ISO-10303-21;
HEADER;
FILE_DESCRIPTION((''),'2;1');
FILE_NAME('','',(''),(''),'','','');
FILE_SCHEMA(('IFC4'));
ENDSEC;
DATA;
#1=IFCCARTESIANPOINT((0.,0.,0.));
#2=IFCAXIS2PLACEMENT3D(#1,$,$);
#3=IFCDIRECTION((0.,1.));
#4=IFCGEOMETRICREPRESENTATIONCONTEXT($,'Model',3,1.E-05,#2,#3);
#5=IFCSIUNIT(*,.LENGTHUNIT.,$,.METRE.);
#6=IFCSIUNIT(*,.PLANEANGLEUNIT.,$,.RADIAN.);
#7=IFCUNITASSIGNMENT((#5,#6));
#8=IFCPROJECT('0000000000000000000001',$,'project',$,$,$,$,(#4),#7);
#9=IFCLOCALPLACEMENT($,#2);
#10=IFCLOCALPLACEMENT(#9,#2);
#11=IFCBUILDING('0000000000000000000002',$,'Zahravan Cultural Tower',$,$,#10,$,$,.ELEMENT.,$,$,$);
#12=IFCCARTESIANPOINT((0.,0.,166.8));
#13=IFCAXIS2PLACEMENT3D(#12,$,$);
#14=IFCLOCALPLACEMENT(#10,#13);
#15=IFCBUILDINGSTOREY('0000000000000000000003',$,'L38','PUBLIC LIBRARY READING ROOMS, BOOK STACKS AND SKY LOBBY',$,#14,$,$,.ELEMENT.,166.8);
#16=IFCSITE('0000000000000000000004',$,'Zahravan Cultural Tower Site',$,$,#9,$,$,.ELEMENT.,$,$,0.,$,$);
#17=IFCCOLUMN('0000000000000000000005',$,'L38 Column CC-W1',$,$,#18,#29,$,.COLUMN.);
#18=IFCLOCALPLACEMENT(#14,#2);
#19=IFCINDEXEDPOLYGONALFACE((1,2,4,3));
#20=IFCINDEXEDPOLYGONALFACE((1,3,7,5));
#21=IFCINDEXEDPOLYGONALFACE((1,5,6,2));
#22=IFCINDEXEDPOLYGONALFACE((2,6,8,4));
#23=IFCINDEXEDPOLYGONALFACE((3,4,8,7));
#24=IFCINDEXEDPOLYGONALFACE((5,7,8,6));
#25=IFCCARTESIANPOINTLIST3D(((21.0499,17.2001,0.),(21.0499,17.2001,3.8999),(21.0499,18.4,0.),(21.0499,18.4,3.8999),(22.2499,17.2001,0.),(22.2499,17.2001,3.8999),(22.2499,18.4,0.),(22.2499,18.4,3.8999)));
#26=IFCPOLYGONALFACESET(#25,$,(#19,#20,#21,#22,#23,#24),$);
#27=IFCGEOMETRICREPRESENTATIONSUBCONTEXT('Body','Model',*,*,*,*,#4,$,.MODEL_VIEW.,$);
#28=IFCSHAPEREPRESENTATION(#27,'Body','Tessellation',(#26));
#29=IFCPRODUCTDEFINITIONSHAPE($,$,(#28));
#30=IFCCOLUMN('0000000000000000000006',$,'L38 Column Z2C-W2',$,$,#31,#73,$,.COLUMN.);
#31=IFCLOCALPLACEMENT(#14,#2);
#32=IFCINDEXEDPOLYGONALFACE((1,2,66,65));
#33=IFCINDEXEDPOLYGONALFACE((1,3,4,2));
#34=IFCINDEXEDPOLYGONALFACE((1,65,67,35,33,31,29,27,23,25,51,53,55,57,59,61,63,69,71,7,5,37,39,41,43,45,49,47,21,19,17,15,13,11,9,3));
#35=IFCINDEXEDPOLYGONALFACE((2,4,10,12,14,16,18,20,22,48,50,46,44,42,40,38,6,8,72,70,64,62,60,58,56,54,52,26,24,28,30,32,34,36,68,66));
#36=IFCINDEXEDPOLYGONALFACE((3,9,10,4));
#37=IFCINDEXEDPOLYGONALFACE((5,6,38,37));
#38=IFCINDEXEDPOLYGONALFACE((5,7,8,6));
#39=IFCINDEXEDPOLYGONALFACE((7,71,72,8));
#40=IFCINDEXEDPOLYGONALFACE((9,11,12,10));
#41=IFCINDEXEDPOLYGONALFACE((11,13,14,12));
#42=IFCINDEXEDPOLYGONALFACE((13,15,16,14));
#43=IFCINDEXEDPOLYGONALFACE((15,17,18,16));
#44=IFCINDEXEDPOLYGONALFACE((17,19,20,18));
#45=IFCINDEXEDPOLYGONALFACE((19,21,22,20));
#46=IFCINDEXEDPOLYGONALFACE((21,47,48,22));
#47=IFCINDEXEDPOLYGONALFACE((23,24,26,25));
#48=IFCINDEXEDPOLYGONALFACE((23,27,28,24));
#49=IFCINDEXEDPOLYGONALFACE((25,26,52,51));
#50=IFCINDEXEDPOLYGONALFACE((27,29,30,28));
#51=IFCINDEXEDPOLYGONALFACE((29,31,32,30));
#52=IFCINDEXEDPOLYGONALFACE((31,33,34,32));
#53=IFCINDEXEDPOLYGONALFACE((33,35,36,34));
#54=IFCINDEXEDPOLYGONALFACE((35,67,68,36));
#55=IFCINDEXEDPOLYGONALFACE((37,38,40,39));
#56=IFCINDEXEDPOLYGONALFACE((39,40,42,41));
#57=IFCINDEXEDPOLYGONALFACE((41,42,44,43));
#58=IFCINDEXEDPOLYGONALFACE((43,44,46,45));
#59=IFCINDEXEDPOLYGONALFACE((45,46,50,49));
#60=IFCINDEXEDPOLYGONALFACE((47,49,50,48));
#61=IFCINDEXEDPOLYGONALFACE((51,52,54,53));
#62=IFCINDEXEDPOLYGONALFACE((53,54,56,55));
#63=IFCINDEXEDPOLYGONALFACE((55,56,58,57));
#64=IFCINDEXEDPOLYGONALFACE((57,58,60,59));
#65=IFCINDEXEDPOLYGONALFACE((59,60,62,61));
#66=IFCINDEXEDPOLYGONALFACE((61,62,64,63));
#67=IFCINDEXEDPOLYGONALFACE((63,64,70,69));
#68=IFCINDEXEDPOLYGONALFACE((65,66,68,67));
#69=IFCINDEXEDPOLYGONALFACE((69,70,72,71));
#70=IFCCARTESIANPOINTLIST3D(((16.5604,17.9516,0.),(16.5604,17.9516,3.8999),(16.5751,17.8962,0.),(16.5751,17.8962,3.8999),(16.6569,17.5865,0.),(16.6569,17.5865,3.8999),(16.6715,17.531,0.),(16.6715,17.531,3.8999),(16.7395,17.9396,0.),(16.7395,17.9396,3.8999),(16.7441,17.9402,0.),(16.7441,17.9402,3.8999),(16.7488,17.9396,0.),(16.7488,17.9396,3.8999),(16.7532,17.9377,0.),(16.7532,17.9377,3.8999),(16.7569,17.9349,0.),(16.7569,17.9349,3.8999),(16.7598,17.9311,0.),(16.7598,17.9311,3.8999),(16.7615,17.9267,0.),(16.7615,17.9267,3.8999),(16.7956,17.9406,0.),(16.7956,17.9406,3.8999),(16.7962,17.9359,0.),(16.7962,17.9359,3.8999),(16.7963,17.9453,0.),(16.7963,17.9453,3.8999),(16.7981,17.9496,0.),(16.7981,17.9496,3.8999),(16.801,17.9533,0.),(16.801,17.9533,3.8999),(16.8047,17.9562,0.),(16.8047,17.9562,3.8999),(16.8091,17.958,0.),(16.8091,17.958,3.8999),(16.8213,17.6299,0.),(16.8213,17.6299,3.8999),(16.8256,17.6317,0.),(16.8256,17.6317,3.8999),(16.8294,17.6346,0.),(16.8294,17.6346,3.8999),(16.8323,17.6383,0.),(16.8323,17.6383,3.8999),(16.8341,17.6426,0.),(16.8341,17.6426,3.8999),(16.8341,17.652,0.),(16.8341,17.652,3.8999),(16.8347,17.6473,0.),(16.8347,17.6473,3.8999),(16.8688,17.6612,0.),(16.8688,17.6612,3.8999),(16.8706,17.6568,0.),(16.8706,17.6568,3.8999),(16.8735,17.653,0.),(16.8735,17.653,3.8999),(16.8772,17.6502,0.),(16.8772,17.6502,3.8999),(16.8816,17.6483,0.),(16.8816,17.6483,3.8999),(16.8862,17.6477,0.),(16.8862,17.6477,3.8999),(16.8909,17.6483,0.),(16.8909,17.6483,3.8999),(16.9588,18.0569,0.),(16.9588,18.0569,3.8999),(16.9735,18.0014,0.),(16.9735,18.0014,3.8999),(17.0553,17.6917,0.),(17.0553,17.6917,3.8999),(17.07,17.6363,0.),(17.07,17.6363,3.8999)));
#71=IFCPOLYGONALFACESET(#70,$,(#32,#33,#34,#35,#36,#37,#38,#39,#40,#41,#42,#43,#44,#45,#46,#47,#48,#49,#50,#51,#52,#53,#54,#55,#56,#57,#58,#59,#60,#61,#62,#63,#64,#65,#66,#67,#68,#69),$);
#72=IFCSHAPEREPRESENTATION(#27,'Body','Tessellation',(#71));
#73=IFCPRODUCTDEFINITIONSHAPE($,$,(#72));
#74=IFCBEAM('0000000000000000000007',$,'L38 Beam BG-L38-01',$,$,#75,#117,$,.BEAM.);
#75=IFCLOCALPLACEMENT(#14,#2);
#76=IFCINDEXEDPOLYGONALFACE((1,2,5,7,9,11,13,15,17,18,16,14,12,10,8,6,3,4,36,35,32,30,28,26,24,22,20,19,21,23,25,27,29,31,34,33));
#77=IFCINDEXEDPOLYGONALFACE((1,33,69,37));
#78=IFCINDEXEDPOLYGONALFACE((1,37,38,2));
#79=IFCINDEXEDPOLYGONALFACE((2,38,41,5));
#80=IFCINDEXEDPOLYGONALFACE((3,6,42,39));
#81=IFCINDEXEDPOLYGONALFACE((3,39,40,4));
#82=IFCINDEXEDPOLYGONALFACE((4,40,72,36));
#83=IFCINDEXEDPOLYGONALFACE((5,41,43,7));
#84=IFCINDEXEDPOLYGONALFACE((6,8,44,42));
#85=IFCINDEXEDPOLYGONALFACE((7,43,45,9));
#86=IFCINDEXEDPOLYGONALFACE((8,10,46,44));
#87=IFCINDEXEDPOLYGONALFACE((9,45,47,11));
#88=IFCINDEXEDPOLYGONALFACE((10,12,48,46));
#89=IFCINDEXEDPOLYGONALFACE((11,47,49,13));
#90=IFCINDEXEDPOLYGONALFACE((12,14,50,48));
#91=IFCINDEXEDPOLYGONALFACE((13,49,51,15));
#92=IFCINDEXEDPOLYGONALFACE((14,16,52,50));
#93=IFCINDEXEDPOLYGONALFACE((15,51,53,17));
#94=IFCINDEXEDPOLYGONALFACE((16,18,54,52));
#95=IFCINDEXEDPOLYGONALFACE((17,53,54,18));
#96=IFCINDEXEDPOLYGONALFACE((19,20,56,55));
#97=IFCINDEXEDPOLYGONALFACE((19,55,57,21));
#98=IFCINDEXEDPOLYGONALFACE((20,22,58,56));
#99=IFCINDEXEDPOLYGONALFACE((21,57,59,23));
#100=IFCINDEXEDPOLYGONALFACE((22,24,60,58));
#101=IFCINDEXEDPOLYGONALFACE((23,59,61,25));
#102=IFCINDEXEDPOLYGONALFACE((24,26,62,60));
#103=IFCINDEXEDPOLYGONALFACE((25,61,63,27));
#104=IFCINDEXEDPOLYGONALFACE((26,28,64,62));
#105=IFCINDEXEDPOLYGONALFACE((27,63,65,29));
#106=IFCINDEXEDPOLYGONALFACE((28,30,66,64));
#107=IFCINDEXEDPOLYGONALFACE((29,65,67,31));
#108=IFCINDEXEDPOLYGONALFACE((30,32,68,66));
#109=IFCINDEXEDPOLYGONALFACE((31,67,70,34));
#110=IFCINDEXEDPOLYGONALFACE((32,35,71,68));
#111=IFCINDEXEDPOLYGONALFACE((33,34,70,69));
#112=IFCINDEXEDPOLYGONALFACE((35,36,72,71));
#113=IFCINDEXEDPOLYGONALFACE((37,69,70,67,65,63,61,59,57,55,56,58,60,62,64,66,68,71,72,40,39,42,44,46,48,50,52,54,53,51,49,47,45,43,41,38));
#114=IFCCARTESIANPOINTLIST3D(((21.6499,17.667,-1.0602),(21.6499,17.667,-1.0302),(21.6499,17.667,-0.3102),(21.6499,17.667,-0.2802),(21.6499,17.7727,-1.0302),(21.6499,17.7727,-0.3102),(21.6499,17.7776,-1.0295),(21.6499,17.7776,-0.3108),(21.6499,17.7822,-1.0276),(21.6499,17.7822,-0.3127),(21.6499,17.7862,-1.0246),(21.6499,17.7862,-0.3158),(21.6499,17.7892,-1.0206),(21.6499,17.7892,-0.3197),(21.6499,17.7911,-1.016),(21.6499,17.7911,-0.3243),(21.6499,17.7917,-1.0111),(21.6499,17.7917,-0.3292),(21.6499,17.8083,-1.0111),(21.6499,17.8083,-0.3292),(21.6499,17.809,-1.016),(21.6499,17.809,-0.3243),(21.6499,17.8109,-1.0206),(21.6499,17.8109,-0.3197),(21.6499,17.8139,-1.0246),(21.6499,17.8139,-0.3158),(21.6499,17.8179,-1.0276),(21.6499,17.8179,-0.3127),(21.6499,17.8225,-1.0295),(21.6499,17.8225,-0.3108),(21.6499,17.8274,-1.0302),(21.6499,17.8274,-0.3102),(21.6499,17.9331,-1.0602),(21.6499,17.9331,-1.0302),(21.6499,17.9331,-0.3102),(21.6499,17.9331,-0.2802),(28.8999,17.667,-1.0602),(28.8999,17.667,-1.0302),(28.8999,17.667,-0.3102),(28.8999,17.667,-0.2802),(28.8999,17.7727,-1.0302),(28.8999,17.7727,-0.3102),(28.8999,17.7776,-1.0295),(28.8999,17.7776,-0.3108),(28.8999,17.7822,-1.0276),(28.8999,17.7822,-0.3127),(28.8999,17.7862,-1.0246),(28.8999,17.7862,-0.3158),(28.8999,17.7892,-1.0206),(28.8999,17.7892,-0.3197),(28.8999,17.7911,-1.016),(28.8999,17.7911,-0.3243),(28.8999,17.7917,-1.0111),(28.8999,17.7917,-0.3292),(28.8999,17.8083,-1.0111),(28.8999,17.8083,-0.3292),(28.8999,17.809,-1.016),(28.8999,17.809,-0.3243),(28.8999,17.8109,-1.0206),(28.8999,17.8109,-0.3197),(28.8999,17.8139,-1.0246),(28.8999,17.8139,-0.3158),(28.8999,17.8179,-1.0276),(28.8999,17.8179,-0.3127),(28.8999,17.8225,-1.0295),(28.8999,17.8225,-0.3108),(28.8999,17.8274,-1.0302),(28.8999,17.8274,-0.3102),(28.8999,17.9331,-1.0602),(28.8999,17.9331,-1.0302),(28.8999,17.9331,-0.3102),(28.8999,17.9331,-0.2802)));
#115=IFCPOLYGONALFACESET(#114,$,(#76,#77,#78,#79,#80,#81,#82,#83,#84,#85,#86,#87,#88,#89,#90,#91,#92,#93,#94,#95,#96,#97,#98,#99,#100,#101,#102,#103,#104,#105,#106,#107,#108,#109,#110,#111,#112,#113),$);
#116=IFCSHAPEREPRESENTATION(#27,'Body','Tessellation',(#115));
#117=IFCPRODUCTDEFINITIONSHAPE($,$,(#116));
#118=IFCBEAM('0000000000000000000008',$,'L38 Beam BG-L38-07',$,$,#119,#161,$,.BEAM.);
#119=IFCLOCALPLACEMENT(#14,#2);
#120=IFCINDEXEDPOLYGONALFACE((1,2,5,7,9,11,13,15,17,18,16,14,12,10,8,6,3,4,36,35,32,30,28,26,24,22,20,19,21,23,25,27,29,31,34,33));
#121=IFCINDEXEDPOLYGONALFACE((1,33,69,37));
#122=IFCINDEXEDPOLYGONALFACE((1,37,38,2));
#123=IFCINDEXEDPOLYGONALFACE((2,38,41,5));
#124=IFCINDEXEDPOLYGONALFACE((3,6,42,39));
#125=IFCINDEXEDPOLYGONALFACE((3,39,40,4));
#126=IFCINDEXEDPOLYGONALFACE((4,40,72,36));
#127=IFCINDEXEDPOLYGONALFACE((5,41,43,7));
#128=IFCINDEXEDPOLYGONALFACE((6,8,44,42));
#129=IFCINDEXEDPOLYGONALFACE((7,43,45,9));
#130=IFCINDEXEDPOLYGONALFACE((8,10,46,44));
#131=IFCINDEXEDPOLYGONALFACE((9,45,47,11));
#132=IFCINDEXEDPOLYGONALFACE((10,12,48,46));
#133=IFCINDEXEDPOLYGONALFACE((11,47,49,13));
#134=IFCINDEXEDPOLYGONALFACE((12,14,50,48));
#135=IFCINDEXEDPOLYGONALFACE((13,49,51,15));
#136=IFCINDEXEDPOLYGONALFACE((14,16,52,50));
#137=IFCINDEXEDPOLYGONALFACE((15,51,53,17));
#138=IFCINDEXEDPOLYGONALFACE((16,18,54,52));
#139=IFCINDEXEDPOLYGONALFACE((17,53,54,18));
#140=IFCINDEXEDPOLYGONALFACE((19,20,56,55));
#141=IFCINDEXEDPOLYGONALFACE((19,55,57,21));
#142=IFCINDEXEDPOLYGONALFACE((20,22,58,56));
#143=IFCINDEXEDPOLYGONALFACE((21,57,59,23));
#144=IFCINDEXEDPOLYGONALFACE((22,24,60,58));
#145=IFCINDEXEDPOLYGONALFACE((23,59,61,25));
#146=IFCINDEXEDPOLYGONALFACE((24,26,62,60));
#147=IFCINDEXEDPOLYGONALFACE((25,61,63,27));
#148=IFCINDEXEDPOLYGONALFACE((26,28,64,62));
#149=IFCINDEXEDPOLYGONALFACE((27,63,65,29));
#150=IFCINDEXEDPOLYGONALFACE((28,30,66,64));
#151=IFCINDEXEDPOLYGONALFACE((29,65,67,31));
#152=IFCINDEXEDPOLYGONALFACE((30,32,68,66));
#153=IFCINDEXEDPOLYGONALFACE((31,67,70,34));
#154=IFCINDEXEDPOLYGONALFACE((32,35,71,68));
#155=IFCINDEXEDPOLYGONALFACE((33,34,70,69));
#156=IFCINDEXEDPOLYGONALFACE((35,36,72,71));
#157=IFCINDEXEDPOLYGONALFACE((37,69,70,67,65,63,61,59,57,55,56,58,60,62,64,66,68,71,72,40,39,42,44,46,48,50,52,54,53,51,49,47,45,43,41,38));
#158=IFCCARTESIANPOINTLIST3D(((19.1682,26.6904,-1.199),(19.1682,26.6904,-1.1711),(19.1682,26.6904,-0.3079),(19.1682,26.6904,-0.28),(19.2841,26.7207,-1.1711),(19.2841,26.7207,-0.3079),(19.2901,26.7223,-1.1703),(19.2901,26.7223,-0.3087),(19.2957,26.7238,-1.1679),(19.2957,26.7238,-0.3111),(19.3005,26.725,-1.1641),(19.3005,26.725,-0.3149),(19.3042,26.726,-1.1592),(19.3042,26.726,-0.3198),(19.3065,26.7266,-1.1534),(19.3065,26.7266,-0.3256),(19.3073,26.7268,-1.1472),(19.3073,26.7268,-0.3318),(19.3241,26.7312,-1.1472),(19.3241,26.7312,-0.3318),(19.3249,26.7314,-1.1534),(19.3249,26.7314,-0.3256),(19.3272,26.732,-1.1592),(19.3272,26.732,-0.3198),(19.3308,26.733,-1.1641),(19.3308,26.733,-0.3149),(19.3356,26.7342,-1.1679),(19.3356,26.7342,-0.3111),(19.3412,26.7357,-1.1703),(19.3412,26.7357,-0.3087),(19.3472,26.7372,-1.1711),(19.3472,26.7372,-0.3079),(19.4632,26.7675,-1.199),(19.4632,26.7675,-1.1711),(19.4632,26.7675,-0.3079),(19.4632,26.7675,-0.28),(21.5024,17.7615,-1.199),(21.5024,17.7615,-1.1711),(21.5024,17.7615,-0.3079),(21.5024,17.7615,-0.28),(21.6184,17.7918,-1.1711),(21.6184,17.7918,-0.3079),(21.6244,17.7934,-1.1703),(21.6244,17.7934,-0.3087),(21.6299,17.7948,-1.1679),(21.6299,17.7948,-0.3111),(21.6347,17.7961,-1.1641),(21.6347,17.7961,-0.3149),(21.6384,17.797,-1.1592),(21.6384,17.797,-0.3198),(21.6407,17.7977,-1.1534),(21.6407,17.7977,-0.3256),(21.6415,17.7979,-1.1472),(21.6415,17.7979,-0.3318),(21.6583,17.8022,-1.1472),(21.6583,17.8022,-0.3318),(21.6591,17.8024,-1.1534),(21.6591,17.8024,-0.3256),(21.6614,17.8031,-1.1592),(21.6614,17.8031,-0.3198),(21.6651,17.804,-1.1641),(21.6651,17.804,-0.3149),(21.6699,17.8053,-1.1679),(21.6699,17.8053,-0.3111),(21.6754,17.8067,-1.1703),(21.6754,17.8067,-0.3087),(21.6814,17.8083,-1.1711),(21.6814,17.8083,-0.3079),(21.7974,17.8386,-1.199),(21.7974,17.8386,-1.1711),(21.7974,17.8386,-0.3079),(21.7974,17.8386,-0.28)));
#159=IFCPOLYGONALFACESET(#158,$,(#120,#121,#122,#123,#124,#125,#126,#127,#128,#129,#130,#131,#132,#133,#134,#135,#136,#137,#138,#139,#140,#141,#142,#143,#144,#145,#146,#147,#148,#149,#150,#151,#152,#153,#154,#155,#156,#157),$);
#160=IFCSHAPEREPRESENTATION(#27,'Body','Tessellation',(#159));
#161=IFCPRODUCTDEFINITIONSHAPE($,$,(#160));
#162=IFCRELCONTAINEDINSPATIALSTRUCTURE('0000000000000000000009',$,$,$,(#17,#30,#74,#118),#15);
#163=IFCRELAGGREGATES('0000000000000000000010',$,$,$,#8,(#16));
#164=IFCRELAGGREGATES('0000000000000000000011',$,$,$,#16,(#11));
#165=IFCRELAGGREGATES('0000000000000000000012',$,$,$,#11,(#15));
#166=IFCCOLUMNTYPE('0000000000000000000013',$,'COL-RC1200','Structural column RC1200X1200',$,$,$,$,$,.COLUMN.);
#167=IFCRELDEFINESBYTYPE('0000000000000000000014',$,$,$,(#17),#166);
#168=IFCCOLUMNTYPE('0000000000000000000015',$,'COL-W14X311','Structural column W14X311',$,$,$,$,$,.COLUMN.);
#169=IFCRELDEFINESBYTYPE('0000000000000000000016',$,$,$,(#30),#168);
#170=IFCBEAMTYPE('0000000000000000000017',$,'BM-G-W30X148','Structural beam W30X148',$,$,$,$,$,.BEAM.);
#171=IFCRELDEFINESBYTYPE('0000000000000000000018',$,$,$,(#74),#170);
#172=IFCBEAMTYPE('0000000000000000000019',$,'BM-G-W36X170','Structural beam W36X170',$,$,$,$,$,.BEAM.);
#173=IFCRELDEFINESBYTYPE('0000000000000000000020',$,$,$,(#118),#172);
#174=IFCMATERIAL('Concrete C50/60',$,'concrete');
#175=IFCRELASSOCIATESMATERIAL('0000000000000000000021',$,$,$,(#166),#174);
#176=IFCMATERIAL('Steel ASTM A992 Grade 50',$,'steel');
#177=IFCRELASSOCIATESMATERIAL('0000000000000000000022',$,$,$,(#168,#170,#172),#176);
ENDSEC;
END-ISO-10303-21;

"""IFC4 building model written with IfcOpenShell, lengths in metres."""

from ifc_helpers import new_model, si_unit, direction, frame, origin, origin_2d, place, context, subcontext, project, spatial, rectangle, i_section, extrude, source, transform, mapped, material, material_profile, profile_set, type_object, element, save


model = new_model("IFC4")

# Units and contexts
model_context = context("Model", 3, precision=1e-05, world=origin(), true_north=direction((0.0, 1.0)))
body_context = subcontext(model_context, "Body", "Model", "MODEL_VIEW")
ifc_project = project(units=[si_unit("LENGTHUNIT", "METRE"), si_unit("PLANEANGLEUNIT", "RADIAN")], contexts=[model_context])

# Site, building, storey
site_placement = place(None, origin())
site = spatial("IfcSite", under=ifc_project, at=site_placement, Name="Zahravan Cultural Tower Site", CompositionType="ELEMENT", RefElevation=0.0)
building_placement = place(site_placement, origin())
building = spatial("IfcBuilding", under=site, at=building_placement, Name="Zahravan Cultural Tower", CompositionType="ELEMENT")
storey_placement = place(building_placement, frame((0.0, 0.0, 166.8)))
storey = spatial("IfcBuildingStorey", under=building, at=storey_placement, Name="L38", Description="PUBLIC LIBRARY READING ROOMS, BOOK STACKS AND SKY LOBBY", CompositionType="ELEMENT", Elevation=166.8)

# Columns
ifc_material_1 = material(Name="Concrete C50/60", Category="concrete")
ifc_material_profile_1 = material_profile(ifc_material_1, rectangle(XDim=1.2, YDim=1.2, at=origin_2d()), Name="RC1200X1200")
ifc_profile_set_1 = profile_set([ifc_material_profile_1], Name="Concrete C50/60")
column_type_1 = type_object("IfcColumnType", Name="COL-RC1200", Description="Structural column RC1200X1200", PredefinedType="COLUMN", material=ifc_profile_set_1)
shared_shape_1 = source(origin(), body_context, "Body", "SweptSolid", [
    extrude(rectangle(XDim=1.2, YDim=1.2, at=origin_2d()), origin(), (0.0, 0.0, 1.0), 3.8999),
])
column_1_placement = place(storey_placement, frame((21.6499, 17.8, 0.0), z_axis=(0.0, 0.0, 1.0), x_axis=(1.0, 0.0, 0.0)))
element("IfcColumn", 1, at=column_1_placement, inside=storey, type_object=column_type_1, Name="L38 Column CC-W1", PredefinedType="COLUMN", context=body_context, shape_type="MappedRepresentation", body=[
    mapped(shared_shape_1, transform((0.0, 0.0, 0.0), x_axis=(1.0, 0.0, 0.0), y_axis=(0.0, 1.0, 0.0), z_axis=(0.0, 0.0, 1.0), scale=1.0)),
])
ifc_material_2 = material(Name="Steel ASTM A992 Grade 50", Category="steel")
ifc_material_profile_2 = material_profile(ifc_material_2, i_section(OverallWidth=0.4121, OverallDepth=0.4351, WebThickness=0.0359, FlangeThickness=0.0574, FilletRadius=0.0181, at=origin_2d()), Name="W14X311")
ifc_profile_set_2 = profile_set([ifc_material_profile_2], Name="Steel ASTM A992 Grade 50")
column_type_2 = type_object("IfcColumnType", Name="COL-W14X311", Description="Structural column W14X311", PredefinedType="COLUMN", material=ifc_profile_set_2)
shared_shape_2 = source(origin(), body_context, "Body", "SweptSolid", [
    extrude(i_section(OverallWidth=0.4121, OverallDepth=0.4351, WebThickness=0.0359, FlangeThickness=0.0574, FilletRadius=0.0181, at=origin_2d()), origin(), (0.0, 0.0, 1.0), 3.8999),
])
column_2_placement = place(storey_placement, frame((16.8152, 17.7939, 0.0), z_axis=(0.0, 0.0, 1.0), x_axis=(0.966823, 0.255446, 0.0)))
element("IfcColumn", 2, at=column_2_placement, inside=storey, type_object=column_type_2, Name="L38 Column Z2C-W2", PredefinedType="COLUMN", context=body_context, shape_type="MappedRepresentation", body=[
    mapped(shared_shape_2, transform((0.0, 0.0, 0.0), x_axis=(1.0, 0.0, 0.0), y_axis=(0.0, 1.0, 0.0), z_axis=(0.0, 0.0, 1.0), scale=1.0)),
])

# Beams
ifc_material_profile_3 = material_profile(ifc_material_2, i_section(OverallWidth=0.2661, OverallDepth=0.78, WebThickness=0.0166, FlangeThickness=0.03, FilletRadius=0.019, at=origin_2d()), Name="W30X148")
ifc_profile_set_3 = profile_set([ifc_material_profile_3], Name="Steel ASTM A992 Grade 50")
beam_type_1 = type_object("IfcBeamType", Name="BM-G-W30X148", Description="Structural beam W30X148", PredefinedType="BEAM", material=ifc_profile_set_3)
shared_shape_3 = source(origin(), body_context, "Body", "SweptSolid", [
    extrude(i_section(OverallWidth=0.2661, OverallDepth=0.78, WebThickness=0.0166, FlangeThickness=0.03, FilletRadius=0.019, at=origin_2d()), origin(), (0.0, 0.0, 1.0), 7.25),
])
beam_1_placement = place(storey_placement, frame((21.6499, 17.8, -0.6702), z_axis=(1.0, 0.0, 0.0), x_axis=(0.0, 1.0, 0.0)))
element("IfcBeam", 3, at=beam_1_placement, inside=storey, type_object=beam_type_1, Name="L38 Beam BG-L38-01", PredefinedType="BEAM", context=body_context, shape_type="MappedRepresentation", body=[
    mapped(shared_shape_3, transform((0.0, 0.0, 0.0), x_axis=(1.0, 0.0, 0.0), y_axis=(0.0, 1.0, 0.0), z_axis=(0.0, 0.0, 1.0), scale=1.0)),
])
ifc_material_profile_4 = material_profile(ifc_material_2, i_section(OverallWidth=0.3049, OverallDepth=0.9189, WebThickness=0.0173, FlangeThickness=0.0278, FilletRadius=0.0239, at=origin_2d()), Name="W36X170")
ifc_profile_set_4 = profile_set([ifc_material_profile_4], Name="Steel ASTM A992 Grade 50")
beam_type_2 = type_object("IfcBeamType", Name="BM-G-W36X170", Description="Structural beam W36X170", PredefinedType="BEAM", material=ifc_profile_set_4)
shared_shape_4 = source(origin(), body_context, "Body", "SweptSolid", [
    extrude(i_section(OverallWidth=0.3049, OverallDepth=0.9189, WebThickness=0.0173, FlangeThickness=0.0278, FilletRadius=0.0239, at=origin_2d()), origin(), (0.0, 0.0, 1.0), 9.229),
])
beam_2_placement = place(storey_placement, frame((21.6499, 17.8, -0.7395), z_axis=(-0.252923, 0.967487, 0.0), x_axis=(-0.967487, -0.252923, 0.0)))
element("IfcBeam", 4, at=beam_2_placement, inside=storey, type_object=beam_type_2, Name="L38 Beam BG-L38-07", PredefinedType="BEAM", context=body_context, shape_type="MappedRepresentation", body=[
    mapped(shared_shape_4, transform((0.0, 0.0, 0.0), x_axis=(1.0, 0.0, 0.0), y_axis=(0.0, 1.0, 0.0), z_axis=(0.0, 0.0, 1.0), scale=1.0)),
])

save(model, "model.ifc")
